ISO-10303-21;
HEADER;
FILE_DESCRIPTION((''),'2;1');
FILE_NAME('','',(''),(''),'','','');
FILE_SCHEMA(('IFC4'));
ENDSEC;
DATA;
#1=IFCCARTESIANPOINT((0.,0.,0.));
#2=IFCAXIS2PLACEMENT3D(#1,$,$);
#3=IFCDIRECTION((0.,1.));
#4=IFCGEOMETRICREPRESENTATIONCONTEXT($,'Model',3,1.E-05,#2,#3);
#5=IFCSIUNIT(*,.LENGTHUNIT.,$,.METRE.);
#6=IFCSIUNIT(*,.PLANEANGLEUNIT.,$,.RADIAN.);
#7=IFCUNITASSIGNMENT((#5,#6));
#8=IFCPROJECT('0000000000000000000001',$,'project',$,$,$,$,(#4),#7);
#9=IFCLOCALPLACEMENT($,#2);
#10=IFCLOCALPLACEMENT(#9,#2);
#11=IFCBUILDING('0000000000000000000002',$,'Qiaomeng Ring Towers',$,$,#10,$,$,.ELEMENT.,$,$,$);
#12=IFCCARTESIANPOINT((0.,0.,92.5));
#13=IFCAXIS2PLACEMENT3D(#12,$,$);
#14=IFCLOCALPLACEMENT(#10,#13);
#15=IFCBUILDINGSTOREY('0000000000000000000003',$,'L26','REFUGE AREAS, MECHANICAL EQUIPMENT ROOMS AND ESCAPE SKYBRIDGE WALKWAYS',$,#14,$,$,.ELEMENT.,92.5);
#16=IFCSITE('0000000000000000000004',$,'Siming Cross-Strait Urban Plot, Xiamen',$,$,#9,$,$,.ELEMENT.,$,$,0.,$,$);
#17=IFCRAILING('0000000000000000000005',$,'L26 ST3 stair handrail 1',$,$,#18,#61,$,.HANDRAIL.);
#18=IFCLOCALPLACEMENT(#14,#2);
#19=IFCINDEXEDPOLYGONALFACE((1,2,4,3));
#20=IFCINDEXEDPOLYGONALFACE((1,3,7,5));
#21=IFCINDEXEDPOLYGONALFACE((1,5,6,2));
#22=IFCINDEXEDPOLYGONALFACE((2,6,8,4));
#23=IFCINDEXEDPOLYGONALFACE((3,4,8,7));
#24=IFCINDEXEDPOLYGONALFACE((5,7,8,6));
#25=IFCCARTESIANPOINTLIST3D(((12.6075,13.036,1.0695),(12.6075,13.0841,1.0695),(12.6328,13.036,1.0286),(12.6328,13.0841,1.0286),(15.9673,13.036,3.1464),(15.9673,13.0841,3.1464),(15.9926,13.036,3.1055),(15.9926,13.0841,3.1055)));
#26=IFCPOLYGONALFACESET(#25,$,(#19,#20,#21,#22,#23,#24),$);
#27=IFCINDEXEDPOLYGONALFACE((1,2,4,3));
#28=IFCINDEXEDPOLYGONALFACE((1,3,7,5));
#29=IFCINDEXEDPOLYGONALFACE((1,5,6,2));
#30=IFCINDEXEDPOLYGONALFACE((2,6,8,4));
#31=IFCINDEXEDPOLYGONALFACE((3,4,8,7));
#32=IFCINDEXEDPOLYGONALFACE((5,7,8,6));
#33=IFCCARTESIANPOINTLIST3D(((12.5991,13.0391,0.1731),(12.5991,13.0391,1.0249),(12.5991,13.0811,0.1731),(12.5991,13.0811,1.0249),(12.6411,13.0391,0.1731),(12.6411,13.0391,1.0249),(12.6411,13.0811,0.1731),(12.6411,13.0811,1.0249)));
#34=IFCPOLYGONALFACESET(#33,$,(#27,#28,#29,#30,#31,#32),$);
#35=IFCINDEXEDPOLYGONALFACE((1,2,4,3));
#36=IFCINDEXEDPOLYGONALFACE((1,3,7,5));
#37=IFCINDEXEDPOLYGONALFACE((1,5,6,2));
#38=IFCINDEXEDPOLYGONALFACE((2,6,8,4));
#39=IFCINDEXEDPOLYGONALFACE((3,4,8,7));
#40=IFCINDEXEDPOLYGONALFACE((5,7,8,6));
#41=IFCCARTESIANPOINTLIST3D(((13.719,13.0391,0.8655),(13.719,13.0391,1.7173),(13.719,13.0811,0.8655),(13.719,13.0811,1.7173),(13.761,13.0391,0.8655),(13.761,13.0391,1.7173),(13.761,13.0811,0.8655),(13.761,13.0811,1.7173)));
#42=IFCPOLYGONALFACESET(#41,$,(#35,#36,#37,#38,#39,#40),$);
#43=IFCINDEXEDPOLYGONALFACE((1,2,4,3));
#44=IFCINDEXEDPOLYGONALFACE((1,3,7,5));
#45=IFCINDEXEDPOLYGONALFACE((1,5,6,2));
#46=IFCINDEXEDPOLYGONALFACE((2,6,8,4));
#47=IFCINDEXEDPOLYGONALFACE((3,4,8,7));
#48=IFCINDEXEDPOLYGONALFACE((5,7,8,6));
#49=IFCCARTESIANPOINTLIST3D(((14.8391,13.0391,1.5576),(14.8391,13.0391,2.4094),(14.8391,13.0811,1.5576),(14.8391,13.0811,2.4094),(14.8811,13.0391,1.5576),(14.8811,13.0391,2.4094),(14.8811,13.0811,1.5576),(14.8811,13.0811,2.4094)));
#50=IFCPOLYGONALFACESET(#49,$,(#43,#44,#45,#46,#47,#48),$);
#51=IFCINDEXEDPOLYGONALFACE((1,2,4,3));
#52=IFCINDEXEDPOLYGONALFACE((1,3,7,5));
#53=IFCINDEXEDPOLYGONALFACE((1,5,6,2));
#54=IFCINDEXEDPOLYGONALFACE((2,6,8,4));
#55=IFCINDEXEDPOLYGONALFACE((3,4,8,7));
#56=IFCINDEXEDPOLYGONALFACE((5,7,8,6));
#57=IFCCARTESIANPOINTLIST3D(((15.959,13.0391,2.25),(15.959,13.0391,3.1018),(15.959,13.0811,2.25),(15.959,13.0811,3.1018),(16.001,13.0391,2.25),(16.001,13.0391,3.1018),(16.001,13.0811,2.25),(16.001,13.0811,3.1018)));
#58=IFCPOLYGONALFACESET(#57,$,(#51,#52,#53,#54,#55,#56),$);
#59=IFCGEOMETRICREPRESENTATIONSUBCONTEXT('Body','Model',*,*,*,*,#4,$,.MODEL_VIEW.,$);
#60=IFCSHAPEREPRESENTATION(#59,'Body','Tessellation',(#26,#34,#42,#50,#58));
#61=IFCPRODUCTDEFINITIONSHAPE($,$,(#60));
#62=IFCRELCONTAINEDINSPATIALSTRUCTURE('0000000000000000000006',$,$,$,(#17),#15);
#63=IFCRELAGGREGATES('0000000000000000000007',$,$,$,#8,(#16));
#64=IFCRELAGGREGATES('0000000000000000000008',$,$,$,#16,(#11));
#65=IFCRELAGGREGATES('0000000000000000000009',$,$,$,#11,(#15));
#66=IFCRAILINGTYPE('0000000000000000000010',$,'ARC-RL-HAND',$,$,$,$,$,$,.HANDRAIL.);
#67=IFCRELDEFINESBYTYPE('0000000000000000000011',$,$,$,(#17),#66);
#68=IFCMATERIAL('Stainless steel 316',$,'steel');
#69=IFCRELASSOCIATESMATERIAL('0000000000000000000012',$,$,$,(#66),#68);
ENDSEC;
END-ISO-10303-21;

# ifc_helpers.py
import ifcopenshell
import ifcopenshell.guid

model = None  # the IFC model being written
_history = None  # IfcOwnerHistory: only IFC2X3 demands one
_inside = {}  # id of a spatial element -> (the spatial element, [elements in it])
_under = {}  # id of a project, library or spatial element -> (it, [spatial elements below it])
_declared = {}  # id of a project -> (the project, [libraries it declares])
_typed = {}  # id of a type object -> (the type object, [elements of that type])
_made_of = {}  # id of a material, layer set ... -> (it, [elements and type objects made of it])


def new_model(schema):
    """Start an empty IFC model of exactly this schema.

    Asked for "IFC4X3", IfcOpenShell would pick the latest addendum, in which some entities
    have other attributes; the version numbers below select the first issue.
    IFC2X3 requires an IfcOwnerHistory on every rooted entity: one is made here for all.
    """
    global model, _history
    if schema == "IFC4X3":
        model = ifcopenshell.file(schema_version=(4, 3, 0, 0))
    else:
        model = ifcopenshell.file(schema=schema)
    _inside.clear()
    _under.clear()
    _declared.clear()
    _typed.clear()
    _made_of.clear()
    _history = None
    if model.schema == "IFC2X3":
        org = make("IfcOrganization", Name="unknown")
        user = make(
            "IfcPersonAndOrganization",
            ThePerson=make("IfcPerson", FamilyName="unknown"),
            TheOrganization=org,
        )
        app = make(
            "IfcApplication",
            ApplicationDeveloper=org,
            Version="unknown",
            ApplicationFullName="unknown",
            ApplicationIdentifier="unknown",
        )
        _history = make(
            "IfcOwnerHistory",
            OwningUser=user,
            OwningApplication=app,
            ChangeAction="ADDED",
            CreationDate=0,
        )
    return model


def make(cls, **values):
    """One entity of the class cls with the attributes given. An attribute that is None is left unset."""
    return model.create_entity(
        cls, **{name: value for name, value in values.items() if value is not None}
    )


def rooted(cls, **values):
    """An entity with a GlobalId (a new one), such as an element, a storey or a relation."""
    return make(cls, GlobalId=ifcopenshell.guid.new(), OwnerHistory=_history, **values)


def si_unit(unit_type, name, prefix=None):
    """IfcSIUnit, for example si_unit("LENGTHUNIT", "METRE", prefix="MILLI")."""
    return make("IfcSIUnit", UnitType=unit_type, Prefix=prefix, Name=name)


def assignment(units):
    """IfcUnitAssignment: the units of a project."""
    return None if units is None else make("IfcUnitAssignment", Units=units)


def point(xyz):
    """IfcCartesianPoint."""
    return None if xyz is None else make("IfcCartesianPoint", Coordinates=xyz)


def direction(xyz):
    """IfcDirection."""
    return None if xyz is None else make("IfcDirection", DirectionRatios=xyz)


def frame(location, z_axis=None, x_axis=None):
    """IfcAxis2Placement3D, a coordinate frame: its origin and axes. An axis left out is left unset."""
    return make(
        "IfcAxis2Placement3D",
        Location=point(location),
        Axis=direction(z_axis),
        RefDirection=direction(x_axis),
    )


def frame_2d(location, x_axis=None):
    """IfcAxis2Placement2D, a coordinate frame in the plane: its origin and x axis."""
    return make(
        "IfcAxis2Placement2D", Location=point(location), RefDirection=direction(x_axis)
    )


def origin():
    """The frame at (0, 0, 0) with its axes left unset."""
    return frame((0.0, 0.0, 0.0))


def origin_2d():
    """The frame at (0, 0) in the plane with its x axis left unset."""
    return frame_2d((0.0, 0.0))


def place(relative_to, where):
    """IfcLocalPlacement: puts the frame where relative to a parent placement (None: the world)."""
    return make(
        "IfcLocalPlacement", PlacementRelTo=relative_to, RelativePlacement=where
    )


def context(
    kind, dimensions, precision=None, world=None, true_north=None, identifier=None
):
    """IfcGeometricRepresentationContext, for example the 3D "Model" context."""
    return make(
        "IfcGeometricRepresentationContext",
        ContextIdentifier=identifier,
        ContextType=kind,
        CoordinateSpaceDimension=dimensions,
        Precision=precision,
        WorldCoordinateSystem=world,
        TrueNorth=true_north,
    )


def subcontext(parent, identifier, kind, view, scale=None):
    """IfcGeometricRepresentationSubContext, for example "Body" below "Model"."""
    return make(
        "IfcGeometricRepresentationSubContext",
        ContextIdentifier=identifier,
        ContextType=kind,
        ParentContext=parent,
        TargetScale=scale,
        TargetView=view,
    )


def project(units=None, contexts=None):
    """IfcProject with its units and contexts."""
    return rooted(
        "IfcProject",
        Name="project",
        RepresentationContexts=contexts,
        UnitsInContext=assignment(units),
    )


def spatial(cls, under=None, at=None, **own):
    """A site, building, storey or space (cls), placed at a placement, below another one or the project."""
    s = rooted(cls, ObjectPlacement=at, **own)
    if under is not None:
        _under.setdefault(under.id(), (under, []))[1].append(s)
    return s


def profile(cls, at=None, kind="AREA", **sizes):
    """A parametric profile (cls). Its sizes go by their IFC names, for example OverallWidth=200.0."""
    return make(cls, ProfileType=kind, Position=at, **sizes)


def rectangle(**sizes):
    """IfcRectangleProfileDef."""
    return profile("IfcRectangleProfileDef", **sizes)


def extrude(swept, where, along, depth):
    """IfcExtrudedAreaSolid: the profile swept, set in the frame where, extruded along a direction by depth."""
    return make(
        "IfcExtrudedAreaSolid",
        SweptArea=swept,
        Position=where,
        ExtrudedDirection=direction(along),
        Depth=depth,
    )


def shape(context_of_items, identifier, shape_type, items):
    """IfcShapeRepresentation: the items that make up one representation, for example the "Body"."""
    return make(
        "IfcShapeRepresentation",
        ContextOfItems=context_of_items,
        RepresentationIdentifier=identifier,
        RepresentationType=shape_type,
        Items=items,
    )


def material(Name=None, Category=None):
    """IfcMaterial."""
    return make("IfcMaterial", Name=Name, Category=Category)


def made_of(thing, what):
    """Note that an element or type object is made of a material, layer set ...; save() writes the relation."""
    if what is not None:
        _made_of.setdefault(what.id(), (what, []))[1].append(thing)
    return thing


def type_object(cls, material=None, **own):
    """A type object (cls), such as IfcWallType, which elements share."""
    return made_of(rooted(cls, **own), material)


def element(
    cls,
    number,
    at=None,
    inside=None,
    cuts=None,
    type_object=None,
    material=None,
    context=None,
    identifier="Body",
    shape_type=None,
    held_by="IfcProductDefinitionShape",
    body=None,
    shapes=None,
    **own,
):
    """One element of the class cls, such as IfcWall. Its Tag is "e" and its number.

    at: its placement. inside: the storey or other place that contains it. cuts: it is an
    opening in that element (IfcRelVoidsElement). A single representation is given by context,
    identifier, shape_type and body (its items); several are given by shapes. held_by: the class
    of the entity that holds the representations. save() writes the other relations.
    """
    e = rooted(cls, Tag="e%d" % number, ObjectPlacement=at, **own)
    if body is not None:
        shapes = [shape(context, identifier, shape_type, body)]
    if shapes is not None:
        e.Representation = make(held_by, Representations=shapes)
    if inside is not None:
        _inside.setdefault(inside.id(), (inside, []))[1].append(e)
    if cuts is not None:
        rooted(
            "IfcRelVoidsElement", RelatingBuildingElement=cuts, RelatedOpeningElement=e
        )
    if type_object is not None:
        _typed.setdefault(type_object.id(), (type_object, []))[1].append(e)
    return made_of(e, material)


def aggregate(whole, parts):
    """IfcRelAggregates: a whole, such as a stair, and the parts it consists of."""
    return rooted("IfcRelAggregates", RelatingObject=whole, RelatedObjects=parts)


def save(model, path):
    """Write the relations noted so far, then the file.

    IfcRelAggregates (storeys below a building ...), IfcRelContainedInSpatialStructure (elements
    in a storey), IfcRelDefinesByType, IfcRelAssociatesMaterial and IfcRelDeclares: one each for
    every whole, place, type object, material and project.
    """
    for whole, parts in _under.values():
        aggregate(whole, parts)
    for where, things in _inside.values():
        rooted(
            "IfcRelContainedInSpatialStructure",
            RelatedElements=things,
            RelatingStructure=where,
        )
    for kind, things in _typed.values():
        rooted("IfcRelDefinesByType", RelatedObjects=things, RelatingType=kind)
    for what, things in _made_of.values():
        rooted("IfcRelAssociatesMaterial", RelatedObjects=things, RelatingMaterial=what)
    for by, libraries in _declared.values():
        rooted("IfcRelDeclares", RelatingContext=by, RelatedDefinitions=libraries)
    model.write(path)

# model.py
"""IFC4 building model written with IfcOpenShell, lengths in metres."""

from ifc_helpers import new_model, si_unit, direction, frame, origin, origin_2d, place, context, subcontext, project, spatial, rectangle, extrude, material, type_object, element, save


model = new_model("IFC4")

# Units and contexts
model_context = context("Model", 3, precision=1e-05, world=origin(), true_north=direction((0.0, 1.0)))
body_context = subcontext(model_context, "Body", "Model", "MODEL_VIEW")
ifc_project = project(units=[si_unit("LENGTHUNIT", "METRE"), si_unit("PLANEANGLEUNIT", "RADIAN")], contexts=[model_context])

# Site, building, storey
site_placement = place(None, origin())
site = spatial("IfcSite", under=ifc_project, at=site_placement, Name="Siming Cross-Strait Urban Plot, Xiamen", CompositionType="ELEMENT", RefElevation=0.0)
building_placement = place(site_placement, origin())
building = spatial("IfcBuilding", under=site, at=building_placement, Name="Qiaomeng Ring Towers", CompositionType="ELEMENT")
storey_placement = place(building_placement, frame((0.0, 0.0, 92.5)))
storey = spatial("IfcBuildingStorey", under=building, at=storey_placement, Name="L26", Description="REFUGE AREAS, MECHANICAL EQUIPMENT ROOMS AND ESCAPE SKYBRIDGE WALKWAYS", CompositionType="ELEMENT", Elevation=92.5)

# Shared definitions
ifc_material_1 = material(Name="Stainless steel 316", Category="steel")

# Railing
railing_type_1 = type_object("IfcRailingType", Name="ARC-RL-HAND", PredefinedType="HANDRAIL", material=ifc_material_1)
railing_1_placement = place(storey_placement, frame((12.6201, 13.0601, 0.1731)))
element("IfcRailing", 1, at=railing_1_placement, inside=storey, type_object=railing_type_1, Name="L26 ST3 stair handrail 1", PredefinedType="HANDRAIL", context=body_context, shape_type="SweptSolid", body=[
    extrude(rectangle(XDim=0.0481, YDim=0.0481, at=origin_2d()), frame((0.0, 0.0, 0.876), z_axis=(0.850606, 0.0, 0.525803), x_axis=(0.0, 1.0, 0.0)), (0.0, 0.0, 1.0), 3.95),
    extrude(rectangle(XDim=0.042, YDim=0.042, at=origin_2d()), origin(), (0.0, 0.0, 1.0), 0.8518),
    extrude(rectangle(XDim=0.042, YDim=0.042, at=origin_2d()), frame((1.1199, 0.0, 0.6924)), (0.0, 0.0, 1.0), 0.8518),
    extrude(rectangle(XDim=0.042, YDim=0.042, at=origin_2d()), frame((2.24, 0.0, 1.3845)), (0.0, 0.0, 1.0), 0.8518),
    extrude(rectangle(XDim=0.042, YDim=0.042, at=origin_2d()), frame((3.3599, 0.0, 2.0769)), (0.0, 0.0, 1.0), 0.8518),
])

save(model, "model.ifc")
